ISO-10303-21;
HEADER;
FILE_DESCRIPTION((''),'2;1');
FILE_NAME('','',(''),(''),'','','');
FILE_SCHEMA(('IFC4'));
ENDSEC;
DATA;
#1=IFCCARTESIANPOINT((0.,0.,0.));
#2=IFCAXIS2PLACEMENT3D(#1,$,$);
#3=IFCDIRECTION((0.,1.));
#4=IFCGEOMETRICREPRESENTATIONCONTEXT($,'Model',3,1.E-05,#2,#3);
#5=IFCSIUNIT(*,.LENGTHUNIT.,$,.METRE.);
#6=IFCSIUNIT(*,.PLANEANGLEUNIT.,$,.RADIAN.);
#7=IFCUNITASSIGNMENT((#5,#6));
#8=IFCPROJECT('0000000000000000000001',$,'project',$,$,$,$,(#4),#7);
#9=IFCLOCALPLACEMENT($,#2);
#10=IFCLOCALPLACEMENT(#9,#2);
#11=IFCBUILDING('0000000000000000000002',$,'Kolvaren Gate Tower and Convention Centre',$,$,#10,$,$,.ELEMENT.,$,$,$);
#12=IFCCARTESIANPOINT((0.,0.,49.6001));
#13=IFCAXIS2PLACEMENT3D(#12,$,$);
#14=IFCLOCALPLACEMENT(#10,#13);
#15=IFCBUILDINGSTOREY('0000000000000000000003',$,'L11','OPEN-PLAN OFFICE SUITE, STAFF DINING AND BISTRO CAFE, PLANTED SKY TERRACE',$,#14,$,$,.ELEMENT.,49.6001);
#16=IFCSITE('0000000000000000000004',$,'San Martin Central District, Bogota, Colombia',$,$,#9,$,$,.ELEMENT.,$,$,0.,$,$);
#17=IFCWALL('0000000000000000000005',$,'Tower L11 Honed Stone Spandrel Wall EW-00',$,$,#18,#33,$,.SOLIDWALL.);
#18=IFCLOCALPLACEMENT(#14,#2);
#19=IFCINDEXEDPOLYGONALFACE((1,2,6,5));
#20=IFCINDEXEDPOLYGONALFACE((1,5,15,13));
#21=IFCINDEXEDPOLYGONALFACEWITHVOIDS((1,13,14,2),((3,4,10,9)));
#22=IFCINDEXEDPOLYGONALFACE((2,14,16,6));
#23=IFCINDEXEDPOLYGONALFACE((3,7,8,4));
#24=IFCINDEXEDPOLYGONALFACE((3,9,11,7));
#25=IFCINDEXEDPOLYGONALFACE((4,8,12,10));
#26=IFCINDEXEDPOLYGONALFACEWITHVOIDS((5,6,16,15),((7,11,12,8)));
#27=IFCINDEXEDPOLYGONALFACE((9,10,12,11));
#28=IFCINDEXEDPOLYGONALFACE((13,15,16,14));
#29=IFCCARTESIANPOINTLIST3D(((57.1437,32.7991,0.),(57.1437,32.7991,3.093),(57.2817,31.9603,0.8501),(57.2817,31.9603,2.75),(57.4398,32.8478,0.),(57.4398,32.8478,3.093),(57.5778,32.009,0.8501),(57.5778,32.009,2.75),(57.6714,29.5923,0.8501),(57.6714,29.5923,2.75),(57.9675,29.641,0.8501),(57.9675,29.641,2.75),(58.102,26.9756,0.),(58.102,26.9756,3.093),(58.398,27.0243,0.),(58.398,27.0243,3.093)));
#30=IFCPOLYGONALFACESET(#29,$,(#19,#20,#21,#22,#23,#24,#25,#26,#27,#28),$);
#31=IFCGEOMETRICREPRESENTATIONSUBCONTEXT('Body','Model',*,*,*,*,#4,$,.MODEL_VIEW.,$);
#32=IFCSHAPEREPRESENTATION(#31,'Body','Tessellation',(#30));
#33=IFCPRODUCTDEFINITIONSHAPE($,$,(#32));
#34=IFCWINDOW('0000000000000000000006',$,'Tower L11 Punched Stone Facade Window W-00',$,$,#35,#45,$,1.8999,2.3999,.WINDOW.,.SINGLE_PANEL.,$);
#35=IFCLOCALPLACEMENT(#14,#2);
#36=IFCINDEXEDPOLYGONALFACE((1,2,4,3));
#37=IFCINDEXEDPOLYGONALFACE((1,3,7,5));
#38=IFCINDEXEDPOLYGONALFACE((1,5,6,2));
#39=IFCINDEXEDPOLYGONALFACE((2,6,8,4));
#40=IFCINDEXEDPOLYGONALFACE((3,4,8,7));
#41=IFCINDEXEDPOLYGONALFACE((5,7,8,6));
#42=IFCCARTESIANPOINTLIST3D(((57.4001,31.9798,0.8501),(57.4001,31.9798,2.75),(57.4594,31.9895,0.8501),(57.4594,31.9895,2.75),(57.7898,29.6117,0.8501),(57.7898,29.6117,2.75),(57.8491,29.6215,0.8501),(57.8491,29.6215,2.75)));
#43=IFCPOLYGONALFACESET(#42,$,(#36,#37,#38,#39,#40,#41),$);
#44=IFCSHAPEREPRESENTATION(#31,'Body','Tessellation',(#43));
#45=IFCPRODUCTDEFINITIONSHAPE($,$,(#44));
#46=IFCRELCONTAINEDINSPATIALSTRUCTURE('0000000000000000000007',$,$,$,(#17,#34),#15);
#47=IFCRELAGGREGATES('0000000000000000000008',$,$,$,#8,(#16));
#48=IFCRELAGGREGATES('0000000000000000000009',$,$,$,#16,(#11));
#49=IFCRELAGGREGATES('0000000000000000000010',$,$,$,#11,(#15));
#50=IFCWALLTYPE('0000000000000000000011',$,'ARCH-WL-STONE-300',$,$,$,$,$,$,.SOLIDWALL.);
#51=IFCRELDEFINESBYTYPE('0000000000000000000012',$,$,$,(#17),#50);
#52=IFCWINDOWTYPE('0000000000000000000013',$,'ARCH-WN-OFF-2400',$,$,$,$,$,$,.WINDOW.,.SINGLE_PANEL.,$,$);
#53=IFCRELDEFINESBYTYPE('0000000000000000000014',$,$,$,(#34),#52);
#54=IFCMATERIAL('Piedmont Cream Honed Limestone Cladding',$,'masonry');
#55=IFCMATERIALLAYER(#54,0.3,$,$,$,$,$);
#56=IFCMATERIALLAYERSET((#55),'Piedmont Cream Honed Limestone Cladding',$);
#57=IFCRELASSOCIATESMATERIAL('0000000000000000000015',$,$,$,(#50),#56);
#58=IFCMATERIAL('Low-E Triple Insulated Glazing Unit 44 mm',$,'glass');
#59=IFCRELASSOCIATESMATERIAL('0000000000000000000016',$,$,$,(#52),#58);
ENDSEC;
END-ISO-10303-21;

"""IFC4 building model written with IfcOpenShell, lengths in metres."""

from ifc_helpers import new_model, si_unit, direction, frame, frame_2d, origin, place, context, subcontext, project, spatial, rectangle, extrude, material, layer, layer_set, type_object, element, fill, save


model = new_model("IFC4")

# Units and contexts
model_context = context("Model", 3, precision=1e-05, world=origin(), true_north=direction((0.0, 1.0)))
body_context = subcontext(model_context, "Body", "Model", "MODEL_VIEW")
ifc_project = project(units=[si_unit("LENGTHUNIT", "METRE"), si_unit("PLANEANGLEUNIT", "RADIAN")], contexts=[model_context])

# Site, building, storey
site_placement = place(None, origin())
site = spatial("IfcSite", under=ifc_project, at=site_placement, Name="San Martin Central District, Bogota, Colombia", CompositionType="ELEMENT", RefElevation=0.0)
building_placement = place(site_placement, origin())
building = spatial("IfcBuilding", under=site, at=building_placement, Name="Kolvaren Gate Tower and Convention Centre", CompositionType="ELEMENT")
storey_placement = place(building_placement, frame((0.0, 0.0, 49.6001)))
storey = spatial("IfcBuildingStorey", under=building, at=storey_placement, Name="L11", Description="OPEN-PLAN OFFICE SUITE, STAFF DINING AND BISTRO CAFE, PLANTED SKY TERRACE", CompositionType="ELEMENT", Elevation=49.6001)

# Wall, opening, window
ifc_material_1 = material(Name="Piedmont Cream Honed Limestone Cladding", Category="masonry")
ifc_layer_1 = layer(ifc_material_1, 0.3)
ifc_layer_set_1 = layer_set([ifc_layer_1], Name="Piedmont Cream Honed Limestone Cladding")
wall_type_1 = type_object("IfcWallType", Name="ARCH-WL-STONE-300", PredefinedType="SOLIDWALL", material=ifc_layer_set_1)
wall_1_placement = place(storey_placement, frame((57.2917, 32.8235, 0.0), z_axis=(0.0, 0.0, 1.0), x_axis=(0.162366, -0.986731, 0.0)))
wall_1 = element("IfcWall", 1, at=wall_1_placement, inside=storey, type_object=wall_type_1, Name="Tower L11 Honed Stone Spandrel Wall EW-00", PredefinedType="SOLIDWALL", context=body_context, shape_type="SweptSolid", body=[
    extrude(rectangle(XDim=5.9019, YDim=0.3, at=frame_2d((2.9509, 0.0))), origin(), (0.0, 0.0, 1.0), 3.093),
])
opening_1_placement = place(wall_1_placement, frame((0.8501, 0.0, 0.8501)))
opening_1 = element("IfcOpeningElement", 2, at=opening_1_placement, cuts=wall_1, PredefinedType="OPENING", context=body_context, shape_type="SweptSolid", body=[
    extrude(rectangle(XDim=2.3999, YDim=1.8999, at=frame_2d((1.2, 0.95))), frame((0.0, 0.1599, 0.0), z_axis=(0.0, -1.0, 0.0), x_axis=(1.0, 0.0, 0.0)), (0.0, 0.0, 1.0), 0.3201),
])
ifc_material_2 = material(Name="Low-E Triple Insulated Glazing Unit 44 mm", Category="glass")
window_type = type_object("IfcWindowType", Name="ARCH-WN-OFF-2400", PartitioningType="SINGLE_PANEL", PredefinedType="WINDOW", material=ifc_material_2)
window_placement = place(opening_1_placement, origin())
window = element("IfcWindow", 3, at=window_placement, inside=storey, type_object=window_type, Name="Tower L11 Punched Stone Facade Window W-00", OverallHeight=1.8999, OverallWidth=2.3999, PartitioningType="SINGLE_PANEL", PredefinedType="WINDOW", context=body_context, shape_type="SweptSolid", body=[
    extrude(rectangle(XDim=2.3999, YDim=1.8999, at=frame_2d((1.2, 0.95))), frame((0.0, 0.03, 0.0), z_axis=(0.0, -1.0, 0.0), x_axis=(1.0, 0.0, 0.0)), (0.0, 0.0, 1.0), 0.0601),
])
fill(opening_1, window)

save(model, "model.ifc")
